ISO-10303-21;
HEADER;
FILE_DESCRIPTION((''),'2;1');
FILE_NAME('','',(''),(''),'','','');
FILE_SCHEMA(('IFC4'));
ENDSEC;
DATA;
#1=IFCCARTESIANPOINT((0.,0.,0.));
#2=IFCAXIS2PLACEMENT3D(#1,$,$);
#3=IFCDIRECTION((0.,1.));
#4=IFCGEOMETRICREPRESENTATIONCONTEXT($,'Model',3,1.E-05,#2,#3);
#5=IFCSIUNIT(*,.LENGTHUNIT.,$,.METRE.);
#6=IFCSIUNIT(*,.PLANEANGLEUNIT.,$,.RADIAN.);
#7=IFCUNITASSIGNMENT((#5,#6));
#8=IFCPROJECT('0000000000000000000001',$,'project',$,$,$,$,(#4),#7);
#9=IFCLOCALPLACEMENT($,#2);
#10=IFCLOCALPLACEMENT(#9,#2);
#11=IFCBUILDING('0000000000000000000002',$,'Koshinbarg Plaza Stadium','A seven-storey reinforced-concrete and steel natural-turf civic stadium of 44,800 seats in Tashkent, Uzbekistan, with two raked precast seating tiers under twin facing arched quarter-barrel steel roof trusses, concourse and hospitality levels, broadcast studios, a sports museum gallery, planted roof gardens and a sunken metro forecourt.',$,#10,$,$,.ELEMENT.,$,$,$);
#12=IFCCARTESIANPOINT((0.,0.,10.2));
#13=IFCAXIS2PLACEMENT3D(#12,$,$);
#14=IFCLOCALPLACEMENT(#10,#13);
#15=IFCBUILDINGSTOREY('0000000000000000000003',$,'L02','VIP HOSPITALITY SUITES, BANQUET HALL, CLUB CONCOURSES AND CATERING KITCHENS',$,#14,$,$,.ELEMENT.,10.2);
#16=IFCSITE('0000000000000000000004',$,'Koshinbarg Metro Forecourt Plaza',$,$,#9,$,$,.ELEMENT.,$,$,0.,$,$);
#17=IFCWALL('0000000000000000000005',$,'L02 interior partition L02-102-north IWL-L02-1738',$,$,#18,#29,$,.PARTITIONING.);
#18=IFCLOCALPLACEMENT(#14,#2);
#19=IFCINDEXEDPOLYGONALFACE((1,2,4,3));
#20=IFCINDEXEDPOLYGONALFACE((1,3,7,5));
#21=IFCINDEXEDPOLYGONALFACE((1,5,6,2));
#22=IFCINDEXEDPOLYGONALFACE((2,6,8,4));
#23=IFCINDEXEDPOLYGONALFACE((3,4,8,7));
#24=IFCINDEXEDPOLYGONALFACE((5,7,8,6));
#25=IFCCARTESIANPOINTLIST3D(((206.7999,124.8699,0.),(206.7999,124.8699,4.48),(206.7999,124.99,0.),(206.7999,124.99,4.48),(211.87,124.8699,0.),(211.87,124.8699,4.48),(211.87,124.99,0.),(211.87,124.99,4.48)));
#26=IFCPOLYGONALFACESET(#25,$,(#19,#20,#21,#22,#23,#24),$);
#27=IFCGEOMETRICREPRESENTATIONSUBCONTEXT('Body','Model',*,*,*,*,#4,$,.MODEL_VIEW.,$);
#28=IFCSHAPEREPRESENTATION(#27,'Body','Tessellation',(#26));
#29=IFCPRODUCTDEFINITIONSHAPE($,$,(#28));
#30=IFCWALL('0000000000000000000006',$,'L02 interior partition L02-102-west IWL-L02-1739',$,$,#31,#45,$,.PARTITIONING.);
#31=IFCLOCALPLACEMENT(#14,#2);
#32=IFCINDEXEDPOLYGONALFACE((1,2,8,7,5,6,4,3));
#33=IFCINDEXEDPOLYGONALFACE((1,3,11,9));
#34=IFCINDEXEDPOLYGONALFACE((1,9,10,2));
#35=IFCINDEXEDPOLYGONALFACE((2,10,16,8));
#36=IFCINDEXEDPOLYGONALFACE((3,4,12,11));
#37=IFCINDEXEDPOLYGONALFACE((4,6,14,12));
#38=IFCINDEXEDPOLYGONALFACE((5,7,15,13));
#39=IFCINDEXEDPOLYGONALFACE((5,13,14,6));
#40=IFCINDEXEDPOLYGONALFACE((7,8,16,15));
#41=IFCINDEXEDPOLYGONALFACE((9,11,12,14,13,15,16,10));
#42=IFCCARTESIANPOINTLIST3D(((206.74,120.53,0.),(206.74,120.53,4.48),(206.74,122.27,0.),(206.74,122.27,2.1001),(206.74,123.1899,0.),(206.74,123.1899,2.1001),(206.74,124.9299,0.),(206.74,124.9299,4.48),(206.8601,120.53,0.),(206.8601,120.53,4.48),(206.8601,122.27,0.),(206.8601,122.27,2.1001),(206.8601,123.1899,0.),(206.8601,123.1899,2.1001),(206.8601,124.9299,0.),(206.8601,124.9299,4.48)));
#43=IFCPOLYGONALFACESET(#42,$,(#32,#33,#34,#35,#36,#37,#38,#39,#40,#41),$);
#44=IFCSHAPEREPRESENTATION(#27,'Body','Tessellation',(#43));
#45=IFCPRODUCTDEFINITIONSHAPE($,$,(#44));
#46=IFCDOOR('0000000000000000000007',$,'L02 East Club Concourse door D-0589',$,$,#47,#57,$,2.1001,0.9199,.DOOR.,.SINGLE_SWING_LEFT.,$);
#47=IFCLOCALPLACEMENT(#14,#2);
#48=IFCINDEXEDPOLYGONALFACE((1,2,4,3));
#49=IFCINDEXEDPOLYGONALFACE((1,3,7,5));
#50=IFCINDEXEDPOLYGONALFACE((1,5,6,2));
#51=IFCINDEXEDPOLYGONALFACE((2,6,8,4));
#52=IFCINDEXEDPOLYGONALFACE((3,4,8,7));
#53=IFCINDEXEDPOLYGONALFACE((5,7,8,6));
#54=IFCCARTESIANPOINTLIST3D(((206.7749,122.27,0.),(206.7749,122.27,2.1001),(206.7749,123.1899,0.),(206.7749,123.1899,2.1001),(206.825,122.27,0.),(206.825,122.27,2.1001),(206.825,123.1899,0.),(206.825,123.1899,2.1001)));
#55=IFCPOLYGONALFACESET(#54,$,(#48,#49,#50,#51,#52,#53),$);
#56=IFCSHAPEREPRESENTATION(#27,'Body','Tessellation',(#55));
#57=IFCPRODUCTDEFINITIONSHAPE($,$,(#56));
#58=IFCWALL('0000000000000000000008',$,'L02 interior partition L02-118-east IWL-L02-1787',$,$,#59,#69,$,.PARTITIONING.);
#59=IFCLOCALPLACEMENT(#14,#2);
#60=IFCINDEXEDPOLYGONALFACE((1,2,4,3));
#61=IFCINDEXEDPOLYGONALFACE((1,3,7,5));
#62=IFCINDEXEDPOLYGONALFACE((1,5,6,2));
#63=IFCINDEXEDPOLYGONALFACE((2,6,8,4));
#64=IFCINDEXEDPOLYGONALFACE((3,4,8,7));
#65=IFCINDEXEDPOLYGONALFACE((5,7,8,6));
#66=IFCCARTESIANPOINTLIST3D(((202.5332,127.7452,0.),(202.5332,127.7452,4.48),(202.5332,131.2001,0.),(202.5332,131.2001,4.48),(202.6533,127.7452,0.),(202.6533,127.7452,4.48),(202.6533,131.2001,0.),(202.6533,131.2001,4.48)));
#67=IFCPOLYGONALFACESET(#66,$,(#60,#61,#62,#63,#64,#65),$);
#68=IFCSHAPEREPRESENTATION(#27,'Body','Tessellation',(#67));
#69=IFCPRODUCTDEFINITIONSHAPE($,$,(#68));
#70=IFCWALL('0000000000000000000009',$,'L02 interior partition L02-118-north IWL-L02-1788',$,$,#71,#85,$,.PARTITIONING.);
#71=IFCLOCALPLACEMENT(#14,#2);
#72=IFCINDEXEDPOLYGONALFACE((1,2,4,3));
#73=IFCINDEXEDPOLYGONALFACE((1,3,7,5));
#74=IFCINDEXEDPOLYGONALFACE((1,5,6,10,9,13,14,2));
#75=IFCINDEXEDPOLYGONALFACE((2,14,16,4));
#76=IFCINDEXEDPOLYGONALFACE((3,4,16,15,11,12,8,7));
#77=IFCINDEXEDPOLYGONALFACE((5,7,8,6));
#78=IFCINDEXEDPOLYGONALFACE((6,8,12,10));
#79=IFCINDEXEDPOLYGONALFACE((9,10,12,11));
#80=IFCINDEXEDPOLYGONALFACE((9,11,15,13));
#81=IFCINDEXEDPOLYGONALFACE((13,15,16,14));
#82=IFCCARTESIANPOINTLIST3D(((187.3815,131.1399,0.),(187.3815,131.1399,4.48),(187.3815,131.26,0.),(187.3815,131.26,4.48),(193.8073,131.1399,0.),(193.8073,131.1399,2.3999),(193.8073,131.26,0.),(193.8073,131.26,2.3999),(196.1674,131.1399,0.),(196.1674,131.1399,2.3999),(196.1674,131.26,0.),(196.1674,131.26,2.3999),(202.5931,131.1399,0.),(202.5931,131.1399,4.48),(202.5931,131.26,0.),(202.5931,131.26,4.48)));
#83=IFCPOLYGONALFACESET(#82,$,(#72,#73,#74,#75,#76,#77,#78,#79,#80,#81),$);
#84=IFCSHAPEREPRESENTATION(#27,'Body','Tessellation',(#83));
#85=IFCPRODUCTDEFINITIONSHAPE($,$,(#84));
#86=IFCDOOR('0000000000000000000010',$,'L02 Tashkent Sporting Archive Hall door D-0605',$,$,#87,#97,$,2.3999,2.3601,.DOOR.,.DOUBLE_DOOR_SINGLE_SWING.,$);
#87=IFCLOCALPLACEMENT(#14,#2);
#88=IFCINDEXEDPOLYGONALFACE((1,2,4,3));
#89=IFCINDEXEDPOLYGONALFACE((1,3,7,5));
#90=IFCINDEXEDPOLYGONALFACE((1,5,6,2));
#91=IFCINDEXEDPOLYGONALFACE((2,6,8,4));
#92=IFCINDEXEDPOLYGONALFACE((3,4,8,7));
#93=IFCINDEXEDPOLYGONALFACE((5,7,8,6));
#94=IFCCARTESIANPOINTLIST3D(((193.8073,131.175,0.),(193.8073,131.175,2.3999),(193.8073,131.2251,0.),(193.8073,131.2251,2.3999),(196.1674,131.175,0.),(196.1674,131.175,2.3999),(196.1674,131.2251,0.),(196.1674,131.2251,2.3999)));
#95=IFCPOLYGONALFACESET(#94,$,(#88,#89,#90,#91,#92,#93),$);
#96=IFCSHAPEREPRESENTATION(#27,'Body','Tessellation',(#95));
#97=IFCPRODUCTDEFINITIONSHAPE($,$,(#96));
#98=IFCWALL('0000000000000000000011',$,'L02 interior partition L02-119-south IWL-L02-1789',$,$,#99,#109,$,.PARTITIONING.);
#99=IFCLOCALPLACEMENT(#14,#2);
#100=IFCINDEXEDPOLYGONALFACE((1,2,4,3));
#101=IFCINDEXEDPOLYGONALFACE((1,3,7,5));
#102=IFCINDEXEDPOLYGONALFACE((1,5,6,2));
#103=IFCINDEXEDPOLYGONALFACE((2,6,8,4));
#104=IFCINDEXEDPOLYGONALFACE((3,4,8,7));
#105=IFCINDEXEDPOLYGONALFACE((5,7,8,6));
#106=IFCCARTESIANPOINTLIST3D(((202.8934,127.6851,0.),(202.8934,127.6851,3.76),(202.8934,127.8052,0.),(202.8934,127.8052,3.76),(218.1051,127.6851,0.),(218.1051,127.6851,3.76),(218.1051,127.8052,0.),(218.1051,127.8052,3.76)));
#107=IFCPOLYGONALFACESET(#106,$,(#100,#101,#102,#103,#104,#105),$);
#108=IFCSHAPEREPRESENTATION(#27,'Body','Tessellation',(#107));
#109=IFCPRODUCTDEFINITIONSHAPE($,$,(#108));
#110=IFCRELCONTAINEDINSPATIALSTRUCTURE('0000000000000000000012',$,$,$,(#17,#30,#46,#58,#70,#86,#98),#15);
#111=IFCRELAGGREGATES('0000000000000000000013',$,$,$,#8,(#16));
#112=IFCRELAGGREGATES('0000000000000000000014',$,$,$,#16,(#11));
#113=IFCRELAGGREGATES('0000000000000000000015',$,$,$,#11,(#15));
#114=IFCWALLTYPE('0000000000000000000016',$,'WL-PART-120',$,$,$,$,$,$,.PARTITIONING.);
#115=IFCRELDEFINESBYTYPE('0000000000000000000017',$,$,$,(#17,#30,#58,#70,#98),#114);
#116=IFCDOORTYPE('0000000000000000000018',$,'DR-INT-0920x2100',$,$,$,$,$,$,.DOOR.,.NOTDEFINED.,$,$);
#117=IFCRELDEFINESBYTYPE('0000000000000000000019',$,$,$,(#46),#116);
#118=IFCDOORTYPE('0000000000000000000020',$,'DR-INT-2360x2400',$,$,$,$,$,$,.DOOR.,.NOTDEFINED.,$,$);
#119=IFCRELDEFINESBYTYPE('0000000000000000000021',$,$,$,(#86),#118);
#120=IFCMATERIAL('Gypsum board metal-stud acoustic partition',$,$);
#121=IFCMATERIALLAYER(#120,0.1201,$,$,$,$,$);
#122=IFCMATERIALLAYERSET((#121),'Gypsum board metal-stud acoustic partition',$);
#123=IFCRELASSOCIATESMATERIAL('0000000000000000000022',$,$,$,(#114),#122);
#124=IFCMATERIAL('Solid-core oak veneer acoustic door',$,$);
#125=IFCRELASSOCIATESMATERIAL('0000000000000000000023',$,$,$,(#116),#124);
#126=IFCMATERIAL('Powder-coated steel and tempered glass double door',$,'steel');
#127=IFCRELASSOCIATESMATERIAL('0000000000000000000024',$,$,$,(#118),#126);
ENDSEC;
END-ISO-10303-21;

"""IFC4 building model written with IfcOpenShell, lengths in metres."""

from ifc_helpers import new_model, si_unit, direction, frame, frame_2d, origin, place, context, subcontext, project, spatial, rectangle, extrude, material, layer, layer_set, type_object, element, fill, save


model = new_model("IFC4")

# Units and contexts
model_context = context("Model", 3, precision=1e-05, world=origin(), true_north=direction((0.0, 1.0)))
body_context = subcontext(model_context, "Body", "Model", "MODEL_VIEW")
ifc_project = project(units=[si_unit("LENGTHUNIT", "METRE"), si_unit("PLANEANGLEUNIT", "RADIAN")], contexts=[model_context])

# Site, building, storey
site_placement = place(None, origin())
site = spatial("IfcSite", under=ifc_project, at=site_placement, Name="Koshinbarg Metro Forecourt Plaza", CompositionType="ELEMENT", RefElevation=0.0)
building_placement = place(site_placement, origin())
building = spatial("IfcBuilding", under=site, at=building_placement, Name="Koshinbarg Plaza Stadium", Description="A seven-storey reinforced-concrete and steel natural-turf civic stadium of 44,800 seats in Tashkent, Uzbekistan, with two raked precast seating tiers under twin facing arched quarter-barrel steel roof trusses, concourse and hospitality levels, broadcast studios, a sports museum gallery, planted roof gardens and a sunken metro forecourt.", CompositionType="ELEMENT")
storey_placement = place(building_placement, frame((0.0, 0.0, 10.2)))
storey = spatial("IfcBuildingStorey", under=building, at=storey_placement, Name="L02", Description="VIP HOSPITALITY SUITES, BANQUET HALL, CLUB CONCOURSES AND CATERING KITCHENS", CompositionType="ELEMENT", Elevation=10.2)

# Wall
ifc_material_1 = material(Name="Gypsum board metal-stud acoustic partition")
ifc_layer = layer(ifc_material_1, 0.1201)
ifc_layer_set = layer_set([ifc_layer], Name="Gypsum board metal-stud acoustic partition")
wall_type = type_object("IfcWallType", Name="WL-PART-120", PredefinedType="PARTITIONING", material=ifc_layer_set)
wall_1_placement = place(storey_placement, frame((211.8701, 124.9299, 0.0), z_axis=(0.0, 0.0, 1.0), x_axis=(-1.0, 0.0, 0.0)))
element("IfcWall", 1, at=wall_1_placement, inside=storey, type_object=wall_type, Name="L02 interior partition L02-102-north IWL-L02-1738", PredefinedType="PARTITIONING", context=body_context, shape_type="SweptSolid", body=[
    extrude(rectangle(XDim=5.0701, YDim=0.1201, at=frame_2d((2.5352, 0.0))), origin(), (0.0, 0.0, 1.0), 4.48),
])

# Wall, opening, door
wall_2_placement = place(storey_placement, frame((206.8, 124.9299, 0.0), z_axis=(0.0, 0.0, 1.0), x_axis=(0.0, -1.0, 0.0)))
wall_2 = element("IfcWall", 2, at=wall_2_placement, inside=storey, type_object=wall_type, Name="L02 interior partition L02-102-west IWL-L02-1739", PredefinedType="PARTITIONING", context=body_context, shape_type="SweptSolid", body=[
    extrude(rectangle(XDim=4.3999, YDim=0.1201, at=frame_2d((2.2, 0.0))), origin(), (0.0, 0.0, 1.0), 4.48),
])
opening_1_placement = place(wall_2_placement, frame((1.74, 0.0, 0.0)))
opening_1 = element("IfcOpeningElement", 3, at=opening_1_placement, cuts=wall_2, PredefinedType="OPENING", context=body_context, shape_type="SweptSolid", body=[
    extrude(rectangle(XDim=0.9199, YDim=2.1001, at=frame_2d((0.46, 1.05))), frame((0.0, 0.0701, 0.0), z_axis=(0.0, -1.0, 0.0), x_axis=(1.0, 0.0, 0.0)), (0.0, 0.0, 1.0), 0.1401),
])
ifc_material_2 = material(Name="Solid-core oak veneer acoustic door")
door_type_1 = type_object("IfcDoorType", Name="DR-INT-0920x2100", OperationType="NOTDEFINED", PredefinedType="DOOR", material=ifc_material_2)
door_1_placement = place(opening_1_placement, origin())
door_1 = element("IfcDoor", 4, at=door_1_placement, inside=storey, type_object=door_type_1, Name="L02 East Club Concourse door D-0589", OperationType="SINGLE_SWING_LEFT", OverallHeight=2.1001, OverallWidth=0.9199, PredefinedType="DOOR", context=body_context, shape_type="SweptSolid", body=[
    extrude(rectangle(XDim=0.9199, YDim=2.1001, at=frame_2d((0.46, 1.05))), frame((0.0, 0.0249, 0.0), z_axis=(0.0, -1.0, 0.0), x_axis=(1.0, 0.0, 0.0)), (0.0, 0.0, 1.0), 0.05),
])
fill(opening_1, door_1)

# Wall
wall_3_placement = place(storey_placement, frame((202.5933, 127.7451, 0.0), z_axis=(0.0, 0.0, 1.0), x_axis=(0.0, 1.0, 0.0)))
element("IfcWall", 5, at=wall_3_placement, inside=storey, type_object=wall_type, Name="L02 interior partition L02-118-east IWL-L02-1787", PredefinedType="PARTITIONING", context=body_context, shape_type="SweptSolid", body=[
    extrude(rectangle(XDim=3.4548, YDim=0.1201, at=frame_2d((1.7275, 0.0))), origin(), (0.0, 0.0, 1.0), 4.48),
])

# Wall, opening, door
wall_4_placement = place(storey_placement, frame((202.5933, 131.2, 0.0), z_axis=(0.0, 0.0, 1.0), x_axis=(-1.0, 0.0, 0.0)))
wall_4 = element("IfcWall", 6, at=wall_4_placement, inside=storey, type_object=wall_type, Name="L02 interior partition L02-118-north IWL-L02-1788", PredefinedType="PARTITIONING", context=body_context, shape_type="SweptSolid", body=[
    extrude(rectangle(XDim=15.2117, YDim=0.1201, at=frame_2d((7.606, 0.0))), origin(), (0.0, 0.0, 1.0), 4.48),
])
opening_2_placement = place(wall_4_placement, frame((6.4258, 0.0, 0.0)))
opening_2 = element("IfcOpeningElement", 7, at=opening_2_placement, cuts=wall_4, PredefinedType="OPENING", context=body_context, shape_type="SweptSolid", body=[
    extrude(rectangle(XDim=2.3601, YDim=2.3999, at=frame_2d((1.1802, 1.2))), frame((0.0, 0.0701, 0.0), z_axis=(0.0, -1.0, 0.0), x_axis=(1.0, 0.0, 0.0)), (0.0, 0.0, 1.0), 0.1401),
])
ifc_material_3 = material(Name="Powder-coated steel and tempered glass double door", Category="steel")
door_type_2 = type_object("IfcDoorType", Name="DR-INT-2360x2400", OperationType="NOTDEFINED", PredefinedType="DOOR", material=ifc_material_3)
door_2_placement = place(opening_2_placement, origin())
door_2 = element("IfcDoor", 8, at=door_2_placement, inside=storey, type_object=door_type_2, Name="L02 Tashkent Sporting Archive Hall door D-0605", OperationType="DOUBLE_DOOR_SINGLE_SWING", OverallHeight=2.3999, OverallWidth=2.3601, PredefinedType="DOOR", context=body_context, shape_type="SweptSolid", body=[
    extrude(rectangle(XDim=2.3601, YDim=2.3999, at=frame_2d((1.1802, 1.2))), frame((0.0, 0.0249, 0.0), z_axis=(0.0, -1.0, 0.0), x_axis=(1.0, 0.0, 0.0)), (0.0, 0.0, 1.0), 0.05),
])
fill(opening_2, door_2)

# Wall
wall_5_placement = place(storey_placement, frame((202.8933, 127.7451, 0.0), z_axis=(0.0, 0.0, 1.0), x_axis=(1.0, 0.0, 0.0)))
element("IfcWall", 9, at=wall_5_placement, inside=storey, type_object=wall_type, Name="L02 interior partition L02-119-south IWL-L02-1789", PredefinedType="PARTITIONING", context=body_context, shape_type="SweptSolid", body=[
    extrude(rectangle(XDim=15.2117, YDim=0.1201, at=frame_2d((7.606, 0.0))), origin(), (0.0, 0.0, 1.0), 3.76),
])

save(model, "model.ifc")
